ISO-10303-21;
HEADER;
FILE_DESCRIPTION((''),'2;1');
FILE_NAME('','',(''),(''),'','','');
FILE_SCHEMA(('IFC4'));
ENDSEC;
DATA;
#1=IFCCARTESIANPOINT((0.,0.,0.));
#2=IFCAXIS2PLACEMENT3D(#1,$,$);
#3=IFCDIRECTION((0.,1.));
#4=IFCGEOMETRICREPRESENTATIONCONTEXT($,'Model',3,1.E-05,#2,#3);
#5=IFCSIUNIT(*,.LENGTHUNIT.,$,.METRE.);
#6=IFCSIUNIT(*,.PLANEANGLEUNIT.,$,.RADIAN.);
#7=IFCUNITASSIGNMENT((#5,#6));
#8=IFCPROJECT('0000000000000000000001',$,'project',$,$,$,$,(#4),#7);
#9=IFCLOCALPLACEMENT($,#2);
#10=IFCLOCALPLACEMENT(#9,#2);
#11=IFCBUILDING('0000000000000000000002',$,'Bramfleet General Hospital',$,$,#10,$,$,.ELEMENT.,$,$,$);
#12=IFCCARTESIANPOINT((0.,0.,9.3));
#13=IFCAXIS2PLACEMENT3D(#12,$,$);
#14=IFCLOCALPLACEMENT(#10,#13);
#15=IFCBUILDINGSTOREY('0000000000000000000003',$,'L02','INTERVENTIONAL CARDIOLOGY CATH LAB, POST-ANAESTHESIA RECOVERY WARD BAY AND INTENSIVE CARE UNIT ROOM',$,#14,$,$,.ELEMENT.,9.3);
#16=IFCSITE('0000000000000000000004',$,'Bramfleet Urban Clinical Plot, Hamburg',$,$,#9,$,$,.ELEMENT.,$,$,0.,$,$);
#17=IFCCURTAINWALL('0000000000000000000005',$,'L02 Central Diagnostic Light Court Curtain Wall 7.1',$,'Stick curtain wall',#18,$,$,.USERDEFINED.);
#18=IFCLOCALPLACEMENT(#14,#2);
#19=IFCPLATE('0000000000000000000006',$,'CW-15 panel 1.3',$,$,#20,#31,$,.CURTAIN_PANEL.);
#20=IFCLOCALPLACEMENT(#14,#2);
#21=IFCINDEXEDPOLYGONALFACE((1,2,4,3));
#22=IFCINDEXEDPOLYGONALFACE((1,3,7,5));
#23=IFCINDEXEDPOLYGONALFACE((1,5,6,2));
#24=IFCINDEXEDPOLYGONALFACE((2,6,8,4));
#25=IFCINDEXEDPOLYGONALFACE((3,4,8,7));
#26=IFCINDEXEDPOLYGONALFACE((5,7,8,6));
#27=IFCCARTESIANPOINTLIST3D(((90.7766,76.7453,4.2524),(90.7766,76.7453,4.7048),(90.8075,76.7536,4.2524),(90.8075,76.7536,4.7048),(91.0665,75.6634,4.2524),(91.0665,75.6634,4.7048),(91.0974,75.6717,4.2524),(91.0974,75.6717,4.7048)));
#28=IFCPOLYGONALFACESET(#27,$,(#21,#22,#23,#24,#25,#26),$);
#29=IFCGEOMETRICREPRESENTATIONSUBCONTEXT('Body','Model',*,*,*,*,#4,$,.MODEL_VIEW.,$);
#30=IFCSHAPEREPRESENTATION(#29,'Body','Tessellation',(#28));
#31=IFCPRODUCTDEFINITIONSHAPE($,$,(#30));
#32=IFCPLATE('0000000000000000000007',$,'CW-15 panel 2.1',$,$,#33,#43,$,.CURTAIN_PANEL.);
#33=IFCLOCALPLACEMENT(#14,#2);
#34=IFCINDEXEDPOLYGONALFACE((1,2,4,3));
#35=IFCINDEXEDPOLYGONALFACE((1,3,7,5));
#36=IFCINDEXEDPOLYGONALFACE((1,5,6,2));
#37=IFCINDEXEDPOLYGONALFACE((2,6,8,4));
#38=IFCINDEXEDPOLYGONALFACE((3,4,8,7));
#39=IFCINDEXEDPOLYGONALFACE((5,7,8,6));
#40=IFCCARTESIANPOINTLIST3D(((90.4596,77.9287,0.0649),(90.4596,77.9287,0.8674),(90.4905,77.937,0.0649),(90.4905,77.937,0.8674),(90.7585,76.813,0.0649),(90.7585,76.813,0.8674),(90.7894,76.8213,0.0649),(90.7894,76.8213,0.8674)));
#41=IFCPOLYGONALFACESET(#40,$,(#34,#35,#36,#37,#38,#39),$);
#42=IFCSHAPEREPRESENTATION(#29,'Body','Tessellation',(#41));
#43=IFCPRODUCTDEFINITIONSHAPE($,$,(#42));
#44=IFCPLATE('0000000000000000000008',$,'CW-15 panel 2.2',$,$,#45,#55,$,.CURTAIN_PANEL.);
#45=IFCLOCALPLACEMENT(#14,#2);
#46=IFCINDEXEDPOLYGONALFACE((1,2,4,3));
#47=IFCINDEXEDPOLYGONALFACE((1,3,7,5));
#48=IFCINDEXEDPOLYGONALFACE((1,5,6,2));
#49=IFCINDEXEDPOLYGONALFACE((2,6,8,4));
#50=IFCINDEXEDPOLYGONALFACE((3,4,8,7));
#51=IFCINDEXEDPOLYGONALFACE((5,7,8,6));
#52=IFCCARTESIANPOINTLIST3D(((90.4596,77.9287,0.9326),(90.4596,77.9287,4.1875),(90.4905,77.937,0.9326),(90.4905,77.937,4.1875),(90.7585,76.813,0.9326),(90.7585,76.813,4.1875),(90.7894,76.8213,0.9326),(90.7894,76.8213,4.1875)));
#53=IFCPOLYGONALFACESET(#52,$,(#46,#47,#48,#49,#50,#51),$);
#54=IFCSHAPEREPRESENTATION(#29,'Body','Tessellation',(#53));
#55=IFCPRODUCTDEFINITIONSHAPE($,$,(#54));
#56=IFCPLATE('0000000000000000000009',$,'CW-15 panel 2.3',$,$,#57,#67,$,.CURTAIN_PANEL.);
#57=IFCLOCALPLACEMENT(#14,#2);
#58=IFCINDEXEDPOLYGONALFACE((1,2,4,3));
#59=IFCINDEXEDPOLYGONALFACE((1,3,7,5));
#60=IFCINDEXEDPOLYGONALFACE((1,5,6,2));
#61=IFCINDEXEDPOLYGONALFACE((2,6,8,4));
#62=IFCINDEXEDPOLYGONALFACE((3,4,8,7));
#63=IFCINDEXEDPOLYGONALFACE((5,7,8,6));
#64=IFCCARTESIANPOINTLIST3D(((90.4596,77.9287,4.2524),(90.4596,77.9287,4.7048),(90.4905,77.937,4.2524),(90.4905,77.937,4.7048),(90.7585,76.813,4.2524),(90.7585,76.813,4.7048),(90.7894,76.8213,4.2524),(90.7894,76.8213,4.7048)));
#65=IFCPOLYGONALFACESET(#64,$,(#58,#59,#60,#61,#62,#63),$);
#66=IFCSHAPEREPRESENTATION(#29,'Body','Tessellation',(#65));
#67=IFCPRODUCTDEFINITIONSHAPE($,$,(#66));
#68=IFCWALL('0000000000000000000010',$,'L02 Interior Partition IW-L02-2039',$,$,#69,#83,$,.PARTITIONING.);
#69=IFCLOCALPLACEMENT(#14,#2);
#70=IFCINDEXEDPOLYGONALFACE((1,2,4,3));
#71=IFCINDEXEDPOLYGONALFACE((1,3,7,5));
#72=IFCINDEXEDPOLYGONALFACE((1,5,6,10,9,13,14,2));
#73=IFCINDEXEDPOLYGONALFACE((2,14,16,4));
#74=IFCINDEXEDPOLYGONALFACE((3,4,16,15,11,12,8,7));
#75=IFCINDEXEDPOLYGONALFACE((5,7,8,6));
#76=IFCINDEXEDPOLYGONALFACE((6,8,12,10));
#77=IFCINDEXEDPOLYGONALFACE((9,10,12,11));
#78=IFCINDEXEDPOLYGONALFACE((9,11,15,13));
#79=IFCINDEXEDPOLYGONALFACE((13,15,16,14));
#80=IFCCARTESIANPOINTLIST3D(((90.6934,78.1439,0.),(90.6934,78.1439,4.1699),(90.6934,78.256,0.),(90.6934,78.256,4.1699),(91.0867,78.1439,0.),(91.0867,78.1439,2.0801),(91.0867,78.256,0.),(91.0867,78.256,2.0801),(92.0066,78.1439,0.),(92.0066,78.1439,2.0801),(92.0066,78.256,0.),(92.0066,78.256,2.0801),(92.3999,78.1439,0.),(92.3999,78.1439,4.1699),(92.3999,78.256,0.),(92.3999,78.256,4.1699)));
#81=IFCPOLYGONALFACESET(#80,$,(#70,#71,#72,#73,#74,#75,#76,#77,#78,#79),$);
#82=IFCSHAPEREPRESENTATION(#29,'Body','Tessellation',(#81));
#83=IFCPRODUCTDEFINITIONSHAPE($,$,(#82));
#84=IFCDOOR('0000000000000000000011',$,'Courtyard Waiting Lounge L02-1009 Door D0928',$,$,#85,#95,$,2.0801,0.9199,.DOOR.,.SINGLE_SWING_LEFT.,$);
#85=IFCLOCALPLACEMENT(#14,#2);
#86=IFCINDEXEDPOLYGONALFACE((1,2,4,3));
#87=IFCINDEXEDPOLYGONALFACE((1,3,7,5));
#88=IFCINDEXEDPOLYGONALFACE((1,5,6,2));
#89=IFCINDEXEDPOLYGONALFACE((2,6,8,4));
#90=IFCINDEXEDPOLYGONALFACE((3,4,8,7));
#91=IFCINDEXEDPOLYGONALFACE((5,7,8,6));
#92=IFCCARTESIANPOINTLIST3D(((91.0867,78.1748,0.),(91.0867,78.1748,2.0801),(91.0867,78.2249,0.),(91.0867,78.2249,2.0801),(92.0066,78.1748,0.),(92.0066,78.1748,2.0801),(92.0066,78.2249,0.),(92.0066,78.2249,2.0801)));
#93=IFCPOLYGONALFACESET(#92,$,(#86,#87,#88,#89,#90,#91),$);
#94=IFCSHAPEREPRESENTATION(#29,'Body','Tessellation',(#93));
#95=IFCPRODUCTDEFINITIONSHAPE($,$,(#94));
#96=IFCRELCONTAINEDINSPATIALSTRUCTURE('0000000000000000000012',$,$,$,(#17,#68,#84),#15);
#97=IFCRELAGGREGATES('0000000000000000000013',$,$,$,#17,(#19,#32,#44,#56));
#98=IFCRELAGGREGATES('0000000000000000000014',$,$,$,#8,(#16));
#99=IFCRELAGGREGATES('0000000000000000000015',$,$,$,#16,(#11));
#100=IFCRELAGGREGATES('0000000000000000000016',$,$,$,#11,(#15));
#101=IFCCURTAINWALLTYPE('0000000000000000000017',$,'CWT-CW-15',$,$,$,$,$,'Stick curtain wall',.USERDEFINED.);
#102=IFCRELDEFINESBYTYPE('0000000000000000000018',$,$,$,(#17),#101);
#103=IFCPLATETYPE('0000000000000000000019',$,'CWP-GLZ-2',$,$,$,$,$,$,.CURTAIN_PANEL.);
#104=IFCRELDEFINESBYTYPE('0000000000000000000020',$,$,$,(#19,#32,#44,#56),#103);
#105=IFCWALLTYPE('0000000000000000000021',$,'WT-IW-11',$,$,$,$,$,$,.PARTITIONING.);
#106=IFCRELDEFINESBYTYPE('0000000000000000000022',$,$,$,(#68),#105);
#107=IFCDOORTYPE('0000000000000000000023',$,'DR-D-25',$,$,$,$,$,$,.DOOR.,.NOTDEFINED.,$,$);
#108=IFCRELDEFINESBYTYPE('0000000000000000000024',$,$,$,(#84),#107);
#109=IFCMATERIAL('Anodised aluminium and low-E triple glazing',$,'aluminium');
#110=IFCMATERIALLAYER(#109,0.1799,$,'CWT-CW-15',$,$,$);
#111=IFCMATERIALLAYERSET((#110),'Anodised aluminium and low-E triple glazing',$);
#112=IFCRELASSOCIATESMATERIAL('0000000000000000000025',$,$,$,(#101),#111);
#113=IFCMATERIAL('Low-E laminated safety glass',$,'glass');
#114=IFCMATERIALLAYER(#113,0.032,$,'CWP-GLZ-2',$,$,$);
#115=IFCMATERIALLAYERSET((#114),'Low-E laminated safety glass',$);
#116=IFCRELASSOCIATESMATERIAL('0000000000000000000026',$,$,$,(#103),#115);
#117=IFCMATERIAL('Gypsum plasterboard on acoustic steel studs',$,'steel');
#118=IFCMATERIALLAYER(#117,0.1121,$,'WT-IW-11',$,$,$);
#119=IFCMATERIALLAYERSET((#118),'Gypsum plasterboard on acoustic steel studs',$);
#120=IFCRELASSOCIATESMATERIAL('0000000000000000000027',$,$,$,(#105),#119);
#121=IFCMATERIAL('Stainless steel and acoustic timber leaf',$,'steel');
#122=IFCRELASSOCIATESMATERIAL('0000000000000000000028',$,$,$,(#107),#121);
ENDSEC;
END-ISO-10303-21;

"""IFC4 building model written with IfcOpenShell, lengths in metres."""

from ifc_helpers import new_model, si_unit, direction, frame, frame_2d, origin, origin_2d, place, context, subcontext, project, spatial, rectangle, extrude, material, layer, layer_set, type_object, element, fill, aggregate, save


model = new_model("IFC4")

# Units and contexts
model_context = context("Model", 3, precision=1e-05, world=origin(), true_north=direction((0.0, 1.0)))
body_context = subcontext(model_context, "Body", "Model", "MODEL_VIEW")
ifc_project = project(units=[si_unit("LENGTHUNIT", "METRE"), si_unit("PLANEANGLEUNIT", "RADIAN")], contexts=[model_context])

# Site, building, storey
site_placement = place(None, origin())
site = spatial("IfcSite", under=ifc_project, at=site_placement, Name="Bramfleet Urban Clinical Plot, Hamburg", CompositionType="ELEMENT", RefElevation=0.0)
building_placement = place(site_placement, origin())
building = spatial("IfcBuilding", under=site, at=building_placement, Name="Bramfleet General Hospital", CompositionType="ELEMENT")
storey_placement = place(building_placement, frame((0.0, 0.0, 9.3)))
storey = spatial("IfcBuildingStorey", under=building, at=storey_placement, Name="L02", Description="INTERVENTIONAL CARDIOLOGY CATH LAB, POST-ANAESTHESIA RECOVERY WARD BAY AND INTENSIVE CARE UNIT ROOM", CompositionType="ELEMENT", Elevation=9.3)

# Curtain wall, plates
ifc_material_1 = material(Name="Anodised aluminium and low-E triple glazing", Category="aluminium")
ifc_layer_1 = layer(ifc_material_1, 0.1799, Name="CWT-CW-15")
ifc_layer_set_1 = layer_set([ifc_layer_1], Name="Anodised aluminium and low-E triple glazing")
curtain_wall_type = type_object("IfcCurtainWallType", Name="CWT-CW-15", ElementType="Stick curtain wall", PredefinedType="USERDEFINED", material=ifc_layer_set_1)
curtain_wall_placement = place(storey_placement, origin())
curtain_wall = element("IfcCurtainWall", 1, at=curtain_wall_placement, inside=storey, type_object=curtain_wall_type, Name="L02 Central Diagnostic Light Court Curtain Wall 7.1", ObjectType="Stick curtain wall", PredefinedType="USERDEFINED")
ifc_material_2 = material(Name="Low-E laminated safety glass", Category="glass")
ifc_layer_2 = layer(ifc_material_2, 0.032, Name="CWP-GLZ-2")
ifc_layer_set_2 = layer_set([ifc_layer_2], Name="Low-E laminated safety glass")
plate_type = type_object("IfcPlateType", Name="CWP-GLZ-2", PredefinedType="CURTAIN_PANEL", material=ifc_layer_set_2)
plate_1_placement = place(storey_placement, frame((90.937, 76.2085, 4.2524), z_axis=(0.0, 0.0, 1.0), x_axis=(-0.258763, 0.965941, 0.0)))
plate_1 = element("IfcPlate", 2, at=plate_1_placement, type_object=plate_type, Name="CW-15 panel 1.3", PredefinedType="CURTAIN_PANEL", context=body_context, shape_type="SweptSolid", body=[
    extrude(rectangle(XDim=1.1201, YDim=0.032, at=origin_2d()), origin(), (0.0, 0.0, 1.0), 0.4524),
])
plate_2_placement = place(storey_placement, frame((90.6245, 77.375, 0.0649), z_axis=(0.0, 0.0, 1.0), x_axis=(-0.258763, 0.965941, 0.0)))
plate_2 = element("IfcPlate", 3, at=plate_2_placement, type_object=plate_type, Name="CW-15 panel 2.1", PredefinedType="CURTAIN_PANEL", context=body_context, shape_type="SweptSolid", body=[
    extrude(rectangle(XDim=1.155, YDim=0.032, at=origin_2d()), origin(), (0.0, 0.0, 1.0), 0.8025),
])
plate_3_placement = place(storey_placement, frame((90.6245, 77.375, 0.9326), z_axis=(0.0, 0.0, 1.0), x_axis=(-0.258763, 0.965941, 0.0)))
plate_3 = element("IfcPlate", 4, at=plate_3_placement, type_object=plate_type, Name="CW-15 panel 2.2", PredefinedType="CURTAIN_PANEL", context=body_context, shape_type="SweptSolid", body=[
    extrude(rectangle(XDim=1.155, YDim=0.032, at=origin_2d()), origin(), (0.0, 0.0, 1.0), 3.2549),
])
plate_4_placement = place(storey_placement, frame((90.6245, 77.375, 4.2524), z_axis=(0.0, 0.0, 1.0), x_axis=(-0.258763, 0.965941, 0.0)))
plate_4 = element("IfcPlate", 5, at=plate_4_placement, type_object=plate_type, Name="CW-15 panel 2.3", PredefinedType="CURTAIN_PANEL", context=body_context, shape_type="SweptSolid", body=[
    extrude(rectangle(XDim=1.155, YDim=0.032, at=origin_2d()), origin(), (0.0, 0.0, 1.0), 0.4524),
])
aggregate(curtain_wall, [plate_1, plate_2, plate_3, plate_4])

# Wall, opening, door
ifc_material_3 = material(Name="Gypsum plasterboard on acoustic steel studs", Category="steel")
ifc_layer_3 = layer(ifc_material_3, 0.1121, Name="WT-IW-11")
ifc_layer_set_3 = layer_set([ifc_layer_3], Name="Gypsum plasterboard on acoustic steel studs")
wall_type = type_object("IfcWallType", Name="WT-IW-11", PredefinedType="PARTITIONING", material=ifc_layer_set_3)
wall_placement = place(storey_placement, frame((90.6934, 78.2, 0.0), z_axis=(0.0, 0.0, 1.0), x_axis=(1.0, 0.0, 0.0)))
wall = element("IfcWall", 6, at=wall_placement, inside=storey, type_object=wall_type, Name="L02 Interior Partition IW-L02-2039", PredefinedType="PARTITIONING", context=body_context, shape_type="SweptSolid", body=[
    extrude(rectangle(XDim=1.7065, YDim=0.1121, at=frame_2d((0.8533, 0.0))), origin(), (0.0, 0.0, 1.0), 4.1699),
])
opening_placement = place(wall_placement, frame((0.3933, 0.0, 0.0)))
opening = element("IfcOpeningElement", 7, at=opening_placement, cuts=wall, PredefinedType="OPENING", context=body_context, shape_type="SweptSolid", body=[
    extrude(rectangle(XDim=0.9199, YDim=2.0801, at=frame_2d((0.46, 1.04))), frame((0.0, 0.0659, 0.0), z_axis=(0.0, -1.0, 0.0), x_axis=(1.0, 0.0, 0.0)), (0.0, 0.0, 1.0), 0.1321),
])
ifc_material_4 = material(Name="Stainless steel and acoustic timber leaf", Category="steel")
door_type = type_object("IfcDoorType", Name="DR-D-25", OperationType="NOTDEFINED", PredefinedType="DOOR", material=ifc_material_4)
door_placement = place(opening_placement, origin())
door = element("IfcDoor", 8, at=door_placement, inside=storey, type_object=door_type, Name="Courtyard Waiting Lounge L02-1009 Door D0928", OperationType="SINGLE_SWING_LEFT", OverallHeight=2.0801, OverallWidth=0.9199, PredefinedType="DOOR", context=body_context, shape_type="SweptSolid", body=[
    extrude(rectangle(XDim=0.9199, YDim=2.0801, at=frame_2d((0.46, 1.04))), frame((0.0, 0.0249, 0.0), z_axis=(0.0, -1.0, 0.0), x_axis=(1.0, 0.0, 0.0)), (0.0, 0.0, 1.0), 0.05),
])
fill(opening, door)

save(model, "model.ifc")
